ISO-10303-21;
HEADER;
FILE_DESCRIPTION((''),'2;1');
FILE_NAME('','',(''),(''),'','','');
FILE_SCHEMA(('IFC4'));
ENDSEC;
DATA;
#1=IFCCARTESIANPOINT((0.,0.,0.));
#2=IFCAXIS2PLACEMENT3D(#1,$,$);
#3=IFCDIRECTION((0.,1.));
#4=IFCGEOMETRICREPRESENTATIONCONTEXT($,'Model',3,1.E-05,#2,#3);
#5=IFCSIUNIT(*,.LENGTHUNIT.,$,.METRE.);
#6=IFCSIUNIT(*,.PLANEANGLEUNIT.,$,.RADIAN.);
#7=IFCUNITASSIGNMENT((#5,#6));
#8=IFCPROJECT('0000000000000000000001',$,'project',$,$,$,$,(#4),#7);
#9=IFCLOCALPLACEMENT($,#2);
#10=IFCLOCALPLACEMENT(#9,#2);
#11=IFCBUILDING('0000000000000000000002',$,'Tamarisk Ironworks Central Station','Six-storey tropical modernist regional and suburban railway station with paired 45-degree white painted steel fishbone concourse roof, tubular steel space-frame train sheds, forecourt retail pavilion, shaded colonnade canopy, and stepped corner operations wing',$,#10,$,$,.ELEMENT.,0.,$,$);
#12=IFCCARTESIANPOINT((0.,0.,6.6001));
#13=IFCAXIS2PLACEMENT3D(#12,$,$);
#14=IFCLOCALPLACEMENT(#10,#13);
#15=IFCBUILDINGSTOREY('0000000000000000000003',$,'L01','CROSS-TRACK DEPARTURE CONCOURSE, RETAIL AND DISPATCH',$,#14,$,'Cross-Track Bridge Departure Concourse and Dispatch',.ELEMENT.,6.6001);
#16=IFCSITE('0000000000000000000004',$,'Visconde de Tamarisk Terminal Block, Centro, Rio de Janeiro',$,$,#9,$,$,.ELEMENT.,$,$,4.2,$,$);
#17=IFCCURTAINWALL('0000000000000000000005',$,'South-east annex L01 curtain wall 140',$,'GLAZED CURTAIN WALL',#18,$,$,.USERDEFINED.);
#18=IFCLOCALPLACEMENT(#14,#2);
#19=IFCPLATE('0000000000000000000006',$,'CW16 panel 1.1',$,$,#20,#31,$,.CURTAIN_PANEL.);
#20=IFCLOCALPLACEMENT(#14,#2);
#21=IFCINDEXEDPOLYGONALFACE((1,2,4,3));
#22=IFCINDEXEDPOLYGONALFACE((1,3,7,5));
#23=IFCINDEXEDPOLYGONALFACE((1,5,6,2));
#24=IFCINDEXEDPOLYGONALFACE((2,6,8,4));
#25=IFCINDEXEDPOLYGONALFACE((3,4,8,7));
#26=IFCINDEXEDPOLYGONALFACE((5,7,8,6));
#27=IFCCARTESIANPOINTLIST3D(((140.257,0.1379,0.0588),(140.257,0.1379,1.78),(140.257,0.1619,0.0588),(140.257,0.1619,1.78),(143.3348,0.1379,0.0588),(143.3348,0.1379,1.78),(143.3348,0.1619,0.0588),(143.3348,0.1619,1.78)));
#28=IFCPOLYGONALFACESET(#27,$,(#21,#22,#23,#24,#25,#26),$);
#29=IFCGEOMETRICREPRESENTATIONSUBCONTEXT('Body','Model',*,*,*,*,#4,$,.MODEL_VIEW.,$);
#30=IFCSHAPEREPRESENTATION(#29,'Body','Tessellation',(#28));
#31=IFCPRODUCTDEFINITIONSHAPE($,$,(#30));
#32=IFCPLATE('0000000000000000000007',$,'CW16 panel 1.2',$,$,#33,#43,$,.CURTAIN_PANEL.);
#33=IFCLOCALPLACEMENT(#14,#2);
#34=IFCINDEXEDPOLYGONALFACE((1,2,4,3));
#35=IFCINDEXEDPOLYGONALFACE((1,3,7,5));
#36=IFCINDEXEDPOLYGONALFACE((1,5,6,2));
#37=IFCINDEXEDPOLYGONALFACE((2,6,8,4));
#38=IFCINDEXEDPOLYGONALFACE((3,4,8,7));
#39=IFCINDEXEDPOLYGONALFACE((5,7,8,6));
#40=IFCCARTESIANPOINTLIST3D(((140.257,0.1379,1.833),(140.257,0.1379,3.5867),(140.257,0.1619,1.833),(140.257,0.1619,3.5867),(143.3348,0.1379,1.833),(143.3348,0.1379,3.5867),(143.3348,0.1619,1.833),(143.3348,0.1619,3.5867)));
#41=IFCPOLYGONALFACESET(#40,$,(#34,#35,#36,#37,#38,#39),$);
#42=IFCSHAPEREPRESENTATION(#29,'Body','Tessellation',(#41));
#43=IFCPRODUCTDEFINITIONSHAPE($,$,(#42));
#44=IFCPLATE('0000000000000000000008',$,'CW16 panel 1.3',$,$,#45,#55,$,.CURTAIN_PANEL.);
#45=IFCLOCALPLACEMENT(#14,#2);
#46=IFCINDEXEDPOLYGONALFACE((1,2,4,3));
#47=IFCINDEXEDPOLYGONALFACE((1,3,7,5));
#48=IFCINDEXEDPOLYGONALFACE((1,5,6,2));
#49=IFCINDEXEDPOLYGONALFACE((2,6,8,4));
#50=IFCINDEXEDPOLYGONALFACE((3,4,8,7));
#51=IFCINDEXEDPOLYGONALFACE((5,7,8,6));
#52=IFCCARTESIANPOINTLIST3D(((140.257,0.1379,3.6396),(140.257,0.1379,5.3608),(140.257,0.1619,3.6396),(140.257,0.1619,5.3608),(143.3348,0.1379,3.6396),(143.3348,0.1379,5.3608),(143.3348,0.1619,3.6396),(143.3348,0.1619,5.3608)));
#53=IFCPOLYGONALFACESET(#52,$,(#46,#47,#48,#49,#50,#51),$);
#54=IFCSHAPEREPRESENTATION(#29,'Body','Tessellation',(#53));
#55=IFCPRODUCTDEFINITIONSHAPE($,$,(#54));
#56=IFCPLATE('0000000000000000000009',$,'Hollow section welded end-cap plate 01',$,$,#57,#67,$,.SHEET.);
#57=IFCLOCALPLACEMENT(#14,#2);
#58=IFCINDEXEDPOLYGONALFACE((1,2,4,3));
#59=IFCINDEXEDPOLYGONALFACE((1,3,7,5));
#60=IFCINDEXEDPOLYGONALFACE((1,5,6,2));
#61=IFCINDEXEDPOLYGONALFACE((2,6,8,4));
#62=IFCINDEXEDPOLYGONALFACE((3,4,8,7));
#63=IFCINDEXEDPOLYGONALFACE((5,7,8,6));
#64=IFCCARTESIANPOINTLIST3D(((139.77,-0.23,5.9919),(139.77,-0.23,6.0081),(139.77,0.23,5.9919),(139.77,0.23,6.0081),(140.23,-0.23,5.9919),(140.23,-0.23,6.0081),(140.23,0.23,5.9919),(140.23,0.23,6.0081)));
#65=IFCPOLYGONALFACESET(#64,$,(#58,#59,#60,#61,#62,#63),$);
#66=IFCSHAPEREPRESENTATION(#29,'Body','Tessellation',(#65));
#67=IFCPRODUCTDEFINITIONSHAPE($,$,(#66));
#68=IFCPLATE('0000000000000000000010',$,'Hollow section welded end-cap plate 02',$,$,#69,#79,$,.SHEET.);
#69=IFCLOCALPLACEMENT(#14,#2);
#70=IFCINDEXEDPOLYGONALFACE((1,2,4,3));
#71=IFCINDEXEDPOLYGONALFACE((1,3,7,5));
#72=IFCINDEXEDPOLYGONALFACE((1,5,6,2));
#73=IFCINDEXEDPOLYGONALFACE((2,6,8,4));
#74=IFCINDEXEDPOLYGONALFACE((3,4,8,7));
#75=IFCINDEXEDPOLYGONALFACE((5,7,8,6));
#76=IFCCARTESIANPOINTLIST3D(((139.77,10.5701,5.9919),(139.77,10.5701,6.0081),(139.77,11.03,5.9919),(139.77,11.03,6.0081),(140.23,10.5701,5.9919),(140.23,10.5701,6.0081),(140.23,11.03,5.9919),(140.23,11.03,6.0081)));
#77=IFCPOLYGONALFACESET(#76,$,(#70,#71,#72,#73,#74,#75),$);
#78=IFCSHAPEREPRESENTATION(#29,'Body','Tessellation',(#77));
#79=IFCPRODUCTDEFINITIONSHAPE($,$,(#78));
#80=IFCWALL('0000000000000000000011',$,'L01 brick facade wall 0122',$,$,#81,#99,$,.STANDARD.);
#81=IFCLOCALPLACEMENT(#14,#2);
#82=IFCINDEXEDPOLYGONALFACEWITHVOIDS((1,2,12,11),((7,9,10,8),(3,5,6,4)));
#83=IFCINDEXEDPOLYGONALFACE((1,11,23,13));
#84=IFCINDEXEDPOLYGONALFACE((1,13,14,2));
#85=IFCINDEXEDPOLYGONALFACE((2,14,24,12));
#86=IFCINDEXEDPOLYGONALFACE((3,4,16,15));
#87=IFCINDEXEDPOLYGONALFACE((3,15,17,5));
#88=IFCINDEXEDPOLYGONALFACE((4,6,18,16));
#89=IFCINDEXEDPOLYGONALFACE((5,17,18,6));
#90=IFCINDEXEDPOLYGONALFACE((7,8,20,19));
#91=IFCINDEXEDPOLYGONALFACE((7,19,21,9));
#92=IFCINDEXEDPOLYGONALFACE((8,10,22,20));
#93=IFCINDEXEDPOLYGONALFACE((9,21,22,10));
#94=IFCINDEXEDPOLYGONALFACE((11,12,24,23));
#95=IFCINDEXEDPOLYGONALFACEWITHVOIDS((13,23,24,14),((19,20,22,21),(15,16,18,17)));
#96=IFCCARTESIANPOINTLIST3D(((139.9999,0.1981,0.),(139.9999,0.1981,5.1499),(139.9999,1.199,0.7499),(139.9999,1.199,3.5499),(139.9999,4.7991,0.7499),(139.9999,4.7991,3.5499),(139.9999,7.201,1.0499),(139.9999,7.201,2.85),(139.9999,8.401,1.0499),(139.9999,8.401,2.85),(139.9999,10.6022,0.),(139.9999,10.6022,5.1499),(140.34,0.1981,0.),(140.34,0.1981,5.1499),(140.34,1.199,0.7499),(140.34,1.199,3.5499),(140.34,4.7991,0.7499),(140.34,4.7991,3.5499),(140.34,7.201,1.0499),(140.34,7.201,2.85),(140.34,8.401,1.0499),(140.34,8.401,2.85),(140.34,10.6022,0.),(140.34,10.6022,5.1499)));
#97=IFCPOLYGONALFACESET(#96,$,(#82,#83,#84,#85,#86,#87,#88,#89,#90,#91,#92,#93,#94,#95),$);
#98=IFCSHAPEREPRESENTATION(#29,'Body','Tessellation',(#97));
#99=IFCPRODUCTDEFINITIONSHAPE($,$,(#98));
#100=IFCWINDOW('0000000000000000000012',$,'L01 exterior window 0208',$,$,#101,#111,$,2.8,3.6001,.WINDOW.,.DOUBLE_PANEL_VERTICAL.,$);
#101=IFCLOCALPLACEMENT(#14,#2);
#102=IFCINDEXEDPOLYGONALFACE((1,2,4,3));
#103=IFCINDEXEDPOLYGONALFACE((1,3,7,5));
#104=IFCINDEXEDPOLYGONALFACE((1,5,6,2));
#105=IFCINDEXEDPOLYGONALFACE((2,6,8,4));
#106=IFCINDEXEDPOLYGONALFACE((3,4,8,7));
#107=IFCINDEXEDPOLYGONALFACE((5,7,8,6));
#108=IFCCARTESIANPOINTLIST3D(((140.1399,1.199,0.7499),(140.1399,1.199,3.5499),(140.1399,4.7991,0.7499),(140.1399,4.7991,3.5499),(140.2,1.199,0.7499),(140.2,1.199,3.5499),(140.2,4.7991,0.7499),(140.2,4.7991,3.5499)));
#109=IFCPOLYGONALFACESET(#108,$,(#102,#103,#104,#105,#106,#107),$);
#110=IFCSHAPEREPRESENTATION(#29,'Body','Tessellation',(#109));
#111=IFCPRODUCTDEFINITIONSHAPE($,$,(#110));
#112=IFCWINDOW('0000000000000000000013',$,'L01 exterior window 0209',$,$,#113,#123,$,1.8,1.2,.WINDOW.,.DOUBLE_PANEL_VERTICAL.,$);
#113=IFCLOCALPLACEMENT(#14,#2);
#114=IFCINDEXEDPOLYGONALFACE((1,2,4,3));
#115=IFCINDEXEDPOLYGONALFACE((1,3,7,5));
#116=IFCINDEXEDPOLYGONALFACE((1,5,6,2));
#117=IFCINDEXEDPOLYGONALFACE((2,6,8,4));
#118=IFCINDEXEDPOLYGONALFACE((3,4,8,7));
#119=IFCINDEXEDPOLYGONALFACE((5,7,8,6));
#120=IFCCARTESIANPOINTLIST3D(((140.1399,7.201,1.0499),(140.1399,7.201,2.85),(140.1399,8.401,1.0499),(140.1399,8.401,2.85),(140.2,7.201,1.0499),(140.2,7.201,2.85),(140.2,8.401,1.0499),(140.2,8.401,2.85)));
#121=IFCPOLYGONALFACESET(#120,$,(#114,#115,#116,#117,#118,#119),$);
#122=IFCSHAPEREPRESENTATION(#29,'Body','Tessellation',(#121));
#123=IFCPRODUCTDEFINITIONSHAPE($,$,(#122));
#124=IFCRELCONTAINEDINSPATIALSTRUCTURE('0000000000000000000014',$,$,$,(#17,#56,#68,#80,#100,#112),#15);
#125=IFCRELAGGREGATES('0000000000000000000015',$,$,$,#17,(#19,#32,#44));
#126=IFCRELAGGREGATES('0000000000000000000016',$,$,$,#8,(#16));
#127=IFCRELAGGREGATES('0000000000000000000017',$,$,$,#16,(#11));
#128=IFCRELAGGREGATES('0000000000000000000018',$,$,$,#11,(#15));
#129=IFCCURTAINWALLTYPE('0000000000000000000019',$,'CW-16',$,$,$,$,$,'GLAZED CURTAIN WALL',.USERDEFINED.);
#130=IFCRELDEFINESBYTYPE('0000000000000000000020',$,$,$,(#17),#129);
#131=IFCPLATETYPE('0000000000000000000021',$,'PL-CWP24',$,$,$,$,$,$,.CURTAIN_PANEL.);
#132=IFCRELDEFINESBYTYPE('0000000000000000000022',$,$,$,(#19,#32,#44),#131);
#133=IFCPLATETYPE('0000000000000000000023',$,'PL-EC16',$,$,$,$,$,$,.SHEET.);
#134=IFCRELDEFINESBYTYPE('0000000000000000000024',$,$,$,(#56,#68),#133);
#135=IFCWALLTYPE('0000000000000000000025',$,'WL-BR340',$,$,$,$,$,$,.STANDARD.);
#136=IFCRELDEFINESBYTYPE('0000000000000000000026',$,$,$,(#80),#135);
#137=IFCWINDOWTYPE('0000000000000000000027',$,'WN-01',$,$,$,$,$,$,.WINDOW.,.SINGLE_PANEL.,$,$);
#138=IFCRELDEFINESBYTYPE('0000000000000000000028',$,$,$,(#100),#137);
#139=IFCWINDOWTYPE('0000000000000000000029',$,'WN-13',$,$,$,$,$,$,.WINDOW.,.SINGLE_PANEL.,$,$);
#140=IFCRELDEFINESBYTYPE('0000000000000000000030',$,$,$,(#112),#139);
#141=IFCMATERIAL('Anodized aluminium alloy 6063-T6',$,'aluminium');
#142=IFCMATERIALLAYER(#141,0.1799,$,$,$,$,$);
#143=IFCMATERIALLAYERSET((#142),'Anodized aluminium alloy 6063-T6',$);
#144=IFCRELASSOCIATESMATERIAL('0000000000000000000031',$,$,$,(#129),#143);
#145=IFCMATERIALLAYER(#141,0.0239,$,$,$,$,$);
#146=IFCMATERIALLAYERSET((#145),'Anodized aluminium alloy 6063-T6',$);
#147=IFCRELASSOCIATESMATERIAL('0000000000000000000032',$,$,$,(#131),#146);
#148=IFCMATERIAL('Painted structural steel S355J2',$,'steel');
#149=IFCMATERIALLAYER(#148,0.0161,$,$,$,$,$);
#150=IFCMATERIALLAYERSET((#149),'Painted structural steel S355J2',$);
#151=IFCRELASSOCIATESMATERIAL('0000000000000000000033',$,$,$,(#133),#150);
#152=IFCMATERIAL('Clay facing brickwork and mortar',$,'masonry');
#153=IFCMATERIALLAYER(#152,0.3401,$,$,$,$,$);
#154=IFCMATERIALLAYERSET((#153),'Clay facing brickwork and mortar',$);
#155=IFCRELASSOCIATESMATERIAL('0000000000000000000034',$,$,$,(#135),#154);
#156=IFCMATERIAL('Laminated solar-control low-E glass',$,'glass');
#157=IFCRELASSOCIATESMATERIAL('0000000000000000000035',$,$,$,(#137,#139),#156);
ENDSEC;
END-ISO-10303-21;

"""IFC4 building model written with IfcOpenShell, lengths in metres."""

from ifc_helpers import new_model, si_unit, direction, frame, frame_2d, origin, origin_2d, place, context, subcontext, project, spatial, rectangle, extrude, material, layer, layer_set, type_object, element, fill, aggregate, save


model = new_model("IFC4")

# Units and contexts
model_context = context("Model", 3, precision=1e-05, world=origin(), true_north=direction((0.0, 1.0)))
body_context = subcontext(model_context, "Body", "Model", "MODEL_VIEW")
ifc_project = project(units=[si_unit("LENGTHUNIT", "METRE"), si_unit("PLANEANGLEUNIT", "RADIAN")], contexts=[model_context])

# Site, building, storey
site_placement = place(None, origin())
site = spatial("IfcSite", under=ifc_project, at=site_placement, Name="Visconde de Tamarisk Terminal Block, Centro, Rio de Janeiro", CompositionType="ELEMENT", RefElevation=4.2)
building_placement = place(site_placement, origin())
building = spatial("IfcBuilding", under=site, at=building_placement, Name="Tamarisk Ironworks Central Station", Description="Six-storey tropical modernist regional and suburban railway station with paired 45-degree white painted steel fishbone concourse roof, tubular steel space-frame train sheds, forecourt retail pavilion, shaded colonnade canopy, and stepped corner operations wing", CompositionType="ELEMENT", ElevationOfRefHeight=0.0)
storey_placement = place(building_placement, frame((0.0, 0.0, 6.6001)))
storey = spatial("IfcBuildingStorey", under=building, at=storey_placement, Name="L01", Description="CROSS-TRACK DEPARTURE CONCOURSE, RETAIL AND DISPATCH", LongName="Cross-Track Bridge Departure Concourse and Dispatch", CompositionType="ELEMENT", Elevation=6.6001)

# Curtain wall, plates
ifc_material_1 = material(Name="Anodized aluminium alloy 6063-T6", Category="aluminium")
ifc_layer_1 = layer(ifc_material_1, 0.1799)
ifc_layer_set_1 = layer_set([ifc_layer_1], Name="Anodized aluminium alloy 6063-T6")
curtain_wall_type = type_object("IfcCurtainWallType", Name="CW-16", ElementType="GLAZED CURTAIN WALL", PredefinedType="USERDEFINED", material=ifc_layer_set_1)
curtain_wall_placement = place(storey_placement, origin())
curtain_wall = element("IfcCurtainWall", 1, at=curtain_wall_placement, inside=storey, type_object=curtain_wall_type, Name="South-east annex L01 curtain wall 140", ObjectType="GLAZED CURTAIN WALL", PredefinedType="USERDEFINED")
ifc_layer_2 = layer(ifc_material_1, 0.0239)
ifc_layer_set_2 = layer_set([ifc_layer_2], Name="Anodized aluminium alloy 6063-T6")
plate_type_1 = type_object("IfcPlateType", Name="PL-CWP24", PredefinedType="CURTAIN_PANEL", material=ifc_layer_set_2)
plate_1_placement = place(storey_placement, frame((141.7959, 0.1499, 0.0588), z_axis=(0.0, 0.0, 1.0), x_axis=(1.0, 0.0, 0.0)))
plate_1 = element("IfcPlate", 2, at=plate_1_placement, type_object=plate_type_1, Name="CW16 panel 1.1", PredefinedType="CURTAIN_PANEL", context=body_context, shape_type="SweptSolid", body=[
    extrude(rectangle(XDim=3.0779, YDim=0.0239, at=origin_2d()), origin(), (0.0, 0.0, 1.0), 1.7212),
])
plate_2_placement = place(storey_placement, frame((141.7959, 0.1499, 1.833), z_axis=(0.0, 0.0, 1.0), x_axis=(1.0, 0.0, 0.0)))
plate_2 = element("IfcPlate", 3, at=plate_2_placement, type_object=plate_type_1, Name="CW16 panel 1.2", PredefinedType="CURTAIN_PANEL", context=body_context, shape_type="SweptSolid", body=[
    extrude(rectangle(XDim=3.0779, YDim=0.0239, at=origin_2d()), origin(), (0.0, 0.0, 1.0), 1.7537),
])
plate_3_placement = place(storey_placement, frame((141.7959, 0.1499, 3.6396), z_axis=(0.0, 0.0, 1.0), x_axis=(1.0, 0.0, 0.0)))
plate_3 = element("IfcPlate", 4, at=plate_3_placement, type_object=plate_type_1, Name="CW16 panel 1.3", PredefinedType="CURTAIN_PANEL", context=body_context, shape_type="SweptSolid", body=[
    extrude(rectangle(XDim=3.0779, YDim=0.0239, at=origin_2d()), origin(), (0.0, 0.0, 1.0), 1.7212),
])
aggregate(curtain_wall, [plate_1, plate_2, plate_3])

# Plates
ifc_material_2 = material(Name="Painted structural steel S355J2", Category="steel")
ifc_layer_3 = layer(ifc_material_2, 0.0161)
ifc_layer_set_3 = layer_set([ifc_layer_3], Name="Painted structural steel S355J2")
plate_type_2 = type_object("IfcPlateType", Name="PL-EC16", PredefinedType="SHEET", material=ifc_layer_set_3)
for number, where, z_axis, x_axis, name in (
    (5, (140.0, 0.0, 5.9919), (0.0, 0.0, 1.0), (1.0, 0.0, 0.0), "Hollow section welded end-cap plate 01"),
    (6, (140.0, 10.8, 5.9919), (0.0, 0.0, 1.0), (1.0, 0.0, 0.0), "Hollow section welded end-cap plate 02"),
):
    element("IfcPlate", number, at=place(storey_placement, frame(where, z_axis=z_axis, x_axis=x_axis)), inside=storey, type_object=plate_type_2, Name=name, PredefinedType="SHEET", context=body_context, shape_type="SweptSolid", body=[
        extrude(rectangle(XDim=0.46, YDim=0.46, at=origin_2d()), origin(), (0.0, 0.0, 1.0), 0.0161),
    ])

# Wall, openings, windows
ifc_material_3 = material(Name="Clay facing brickwork and mortar", Category="masonry")
ifc_layer_4 = layer(ifc_material_3, 0.3401)
ifc_layer_set_4 = layer_set([ifc_layer_4], Name="Clay facing brickwork and mortar")
wall_type = type_object("IfcWallType", Name="WL-BR340", PredefinedType="STANDARD", material=ifc_layer_set_4)
wall_placement = place(storey_placement, frame((140.1699, 0.198, 0.0), z_axis=(0.0, 0.0, 1.0), x_axis=(0.0, 1.0, 0.0)))
wall = element("IfcWall", 7, at=wall_placement, inside=storey, type_object=wall_type, Name="L01 brick facade wall 0122", PredefinedType="STANDARD", context=body_context, shape_type="SweptSolid", body=[
    extrude(rectangle(XDim=10.4041, YDim=0.3401, at=frame_2d((5.2021, 0.0))), origin(), (0.0, 0.0, 1.0), 5.1499),
])
opening_1_placement = place(wall_placement, frame((1.001, 0.0, 0.75)))
opening_1 = element("IfcOpeningElement", 8, at=opening_1_placement, cuts=wall, PredefinedType="OPENING", context=body_context, shape_type="SweptSolid", body=[
    extrude(rectangle(XDim=3.6001, YDim=2.8, at=frame_2d((1.8, 1.3999))), frame((0.0, 0.1821, 0.0), z_axis=(0.0, -1.0, 0.0), x_axis=(1.0, 0.0, 0.0)), (0.0, 0.0, 1.0), 0.364),
])
opening_2_placement = place(wall_placement, frame((7.0029, 0.0, 1.05)))
opening_2 = element("IfcOpeningElement", 9, at=opening_2_placement, cuts=wall, PredefinedType="OPENING", context=body_context, shape_type="SweptSolid", body=[
    extrude(rectangle(XDim=1.2, YDim=1.8, at=frame_2d((0.6001, 0.8999))), frame((0.0, 0.1821, 0.0), z_axis=(0.0, -1.0, 0.0), x_axis=(1.0, 0.0, 0.0)), (0.0, 0.0, 1.0), 0.364),
])
ifc_material_4 = material(Name="Laminated solar-control low-E glass", Category="glass")
window_type_1 = type_object("IfcWindowType", Name="WN-01", PartitioningType="SINGLE_PANEL", PredefinedType="WINDOW", material=ifc_material_4)
window_1_placement = place(opening_1_placement, origin())
window_1 = element("IfcWindow", 10, at=window_1_placement, inside=storey, type_object=window_type_1, Name="L01 exterior window 0208", OverallHeight=2.8, OverallWidth=3.6001, PartitioningType="DOUBLE_PANEL_VERTICAL", PredefinedType="WINDOW", context=body_context, shape_type="SweptSolid", body=[
    extrude(rectangle(XDim=3.6001, YDim=2.8, at=frame_2d((1.8, 1.3999))), frame((0.0, 0.03, 0.0), z_axis=(0.0, -1.0, 0.0), x_axis=(1.0, 0.0, 0.0)), (0.0, 0.0, 1.0), 0.0601),
])
fill(opening_1, window_1)
window_type_2 = type_object("IfcWindowType", Name="WN-13", PartitioningType="SINGLE_PANEL", PredefinedType="WINDOW", material=ifc_material_4)
window_2_placement = place(opening_2_placement, origin())
window_2 = element("IfcWindow", 11, at=window_2_placement, inside=storey, type_object=window_type_2, Name="L01 exterior window 0209", OverallHeight=1.8, OverallWidth=1.2, PartitioningType="DOUBLE_PANEL_VERTICAL", PredefinedType="WINDOW", context=body_context, shape_type="SweptSolid", body=[
    extrude(rectangle(XDim=1.2, YDim=1.8, at=frame_2d((0.6001, 0.8999))), frame((0.0, 0.03, 0.0), z_axis=(0.0, -1.0, 0.0), x_axis=(1.0, 0.0, 0.0)), (0.0, 0.0, 1.0), 0.0601),
])
fill(opening_2, window_2)

save(model, "model.ifc")
